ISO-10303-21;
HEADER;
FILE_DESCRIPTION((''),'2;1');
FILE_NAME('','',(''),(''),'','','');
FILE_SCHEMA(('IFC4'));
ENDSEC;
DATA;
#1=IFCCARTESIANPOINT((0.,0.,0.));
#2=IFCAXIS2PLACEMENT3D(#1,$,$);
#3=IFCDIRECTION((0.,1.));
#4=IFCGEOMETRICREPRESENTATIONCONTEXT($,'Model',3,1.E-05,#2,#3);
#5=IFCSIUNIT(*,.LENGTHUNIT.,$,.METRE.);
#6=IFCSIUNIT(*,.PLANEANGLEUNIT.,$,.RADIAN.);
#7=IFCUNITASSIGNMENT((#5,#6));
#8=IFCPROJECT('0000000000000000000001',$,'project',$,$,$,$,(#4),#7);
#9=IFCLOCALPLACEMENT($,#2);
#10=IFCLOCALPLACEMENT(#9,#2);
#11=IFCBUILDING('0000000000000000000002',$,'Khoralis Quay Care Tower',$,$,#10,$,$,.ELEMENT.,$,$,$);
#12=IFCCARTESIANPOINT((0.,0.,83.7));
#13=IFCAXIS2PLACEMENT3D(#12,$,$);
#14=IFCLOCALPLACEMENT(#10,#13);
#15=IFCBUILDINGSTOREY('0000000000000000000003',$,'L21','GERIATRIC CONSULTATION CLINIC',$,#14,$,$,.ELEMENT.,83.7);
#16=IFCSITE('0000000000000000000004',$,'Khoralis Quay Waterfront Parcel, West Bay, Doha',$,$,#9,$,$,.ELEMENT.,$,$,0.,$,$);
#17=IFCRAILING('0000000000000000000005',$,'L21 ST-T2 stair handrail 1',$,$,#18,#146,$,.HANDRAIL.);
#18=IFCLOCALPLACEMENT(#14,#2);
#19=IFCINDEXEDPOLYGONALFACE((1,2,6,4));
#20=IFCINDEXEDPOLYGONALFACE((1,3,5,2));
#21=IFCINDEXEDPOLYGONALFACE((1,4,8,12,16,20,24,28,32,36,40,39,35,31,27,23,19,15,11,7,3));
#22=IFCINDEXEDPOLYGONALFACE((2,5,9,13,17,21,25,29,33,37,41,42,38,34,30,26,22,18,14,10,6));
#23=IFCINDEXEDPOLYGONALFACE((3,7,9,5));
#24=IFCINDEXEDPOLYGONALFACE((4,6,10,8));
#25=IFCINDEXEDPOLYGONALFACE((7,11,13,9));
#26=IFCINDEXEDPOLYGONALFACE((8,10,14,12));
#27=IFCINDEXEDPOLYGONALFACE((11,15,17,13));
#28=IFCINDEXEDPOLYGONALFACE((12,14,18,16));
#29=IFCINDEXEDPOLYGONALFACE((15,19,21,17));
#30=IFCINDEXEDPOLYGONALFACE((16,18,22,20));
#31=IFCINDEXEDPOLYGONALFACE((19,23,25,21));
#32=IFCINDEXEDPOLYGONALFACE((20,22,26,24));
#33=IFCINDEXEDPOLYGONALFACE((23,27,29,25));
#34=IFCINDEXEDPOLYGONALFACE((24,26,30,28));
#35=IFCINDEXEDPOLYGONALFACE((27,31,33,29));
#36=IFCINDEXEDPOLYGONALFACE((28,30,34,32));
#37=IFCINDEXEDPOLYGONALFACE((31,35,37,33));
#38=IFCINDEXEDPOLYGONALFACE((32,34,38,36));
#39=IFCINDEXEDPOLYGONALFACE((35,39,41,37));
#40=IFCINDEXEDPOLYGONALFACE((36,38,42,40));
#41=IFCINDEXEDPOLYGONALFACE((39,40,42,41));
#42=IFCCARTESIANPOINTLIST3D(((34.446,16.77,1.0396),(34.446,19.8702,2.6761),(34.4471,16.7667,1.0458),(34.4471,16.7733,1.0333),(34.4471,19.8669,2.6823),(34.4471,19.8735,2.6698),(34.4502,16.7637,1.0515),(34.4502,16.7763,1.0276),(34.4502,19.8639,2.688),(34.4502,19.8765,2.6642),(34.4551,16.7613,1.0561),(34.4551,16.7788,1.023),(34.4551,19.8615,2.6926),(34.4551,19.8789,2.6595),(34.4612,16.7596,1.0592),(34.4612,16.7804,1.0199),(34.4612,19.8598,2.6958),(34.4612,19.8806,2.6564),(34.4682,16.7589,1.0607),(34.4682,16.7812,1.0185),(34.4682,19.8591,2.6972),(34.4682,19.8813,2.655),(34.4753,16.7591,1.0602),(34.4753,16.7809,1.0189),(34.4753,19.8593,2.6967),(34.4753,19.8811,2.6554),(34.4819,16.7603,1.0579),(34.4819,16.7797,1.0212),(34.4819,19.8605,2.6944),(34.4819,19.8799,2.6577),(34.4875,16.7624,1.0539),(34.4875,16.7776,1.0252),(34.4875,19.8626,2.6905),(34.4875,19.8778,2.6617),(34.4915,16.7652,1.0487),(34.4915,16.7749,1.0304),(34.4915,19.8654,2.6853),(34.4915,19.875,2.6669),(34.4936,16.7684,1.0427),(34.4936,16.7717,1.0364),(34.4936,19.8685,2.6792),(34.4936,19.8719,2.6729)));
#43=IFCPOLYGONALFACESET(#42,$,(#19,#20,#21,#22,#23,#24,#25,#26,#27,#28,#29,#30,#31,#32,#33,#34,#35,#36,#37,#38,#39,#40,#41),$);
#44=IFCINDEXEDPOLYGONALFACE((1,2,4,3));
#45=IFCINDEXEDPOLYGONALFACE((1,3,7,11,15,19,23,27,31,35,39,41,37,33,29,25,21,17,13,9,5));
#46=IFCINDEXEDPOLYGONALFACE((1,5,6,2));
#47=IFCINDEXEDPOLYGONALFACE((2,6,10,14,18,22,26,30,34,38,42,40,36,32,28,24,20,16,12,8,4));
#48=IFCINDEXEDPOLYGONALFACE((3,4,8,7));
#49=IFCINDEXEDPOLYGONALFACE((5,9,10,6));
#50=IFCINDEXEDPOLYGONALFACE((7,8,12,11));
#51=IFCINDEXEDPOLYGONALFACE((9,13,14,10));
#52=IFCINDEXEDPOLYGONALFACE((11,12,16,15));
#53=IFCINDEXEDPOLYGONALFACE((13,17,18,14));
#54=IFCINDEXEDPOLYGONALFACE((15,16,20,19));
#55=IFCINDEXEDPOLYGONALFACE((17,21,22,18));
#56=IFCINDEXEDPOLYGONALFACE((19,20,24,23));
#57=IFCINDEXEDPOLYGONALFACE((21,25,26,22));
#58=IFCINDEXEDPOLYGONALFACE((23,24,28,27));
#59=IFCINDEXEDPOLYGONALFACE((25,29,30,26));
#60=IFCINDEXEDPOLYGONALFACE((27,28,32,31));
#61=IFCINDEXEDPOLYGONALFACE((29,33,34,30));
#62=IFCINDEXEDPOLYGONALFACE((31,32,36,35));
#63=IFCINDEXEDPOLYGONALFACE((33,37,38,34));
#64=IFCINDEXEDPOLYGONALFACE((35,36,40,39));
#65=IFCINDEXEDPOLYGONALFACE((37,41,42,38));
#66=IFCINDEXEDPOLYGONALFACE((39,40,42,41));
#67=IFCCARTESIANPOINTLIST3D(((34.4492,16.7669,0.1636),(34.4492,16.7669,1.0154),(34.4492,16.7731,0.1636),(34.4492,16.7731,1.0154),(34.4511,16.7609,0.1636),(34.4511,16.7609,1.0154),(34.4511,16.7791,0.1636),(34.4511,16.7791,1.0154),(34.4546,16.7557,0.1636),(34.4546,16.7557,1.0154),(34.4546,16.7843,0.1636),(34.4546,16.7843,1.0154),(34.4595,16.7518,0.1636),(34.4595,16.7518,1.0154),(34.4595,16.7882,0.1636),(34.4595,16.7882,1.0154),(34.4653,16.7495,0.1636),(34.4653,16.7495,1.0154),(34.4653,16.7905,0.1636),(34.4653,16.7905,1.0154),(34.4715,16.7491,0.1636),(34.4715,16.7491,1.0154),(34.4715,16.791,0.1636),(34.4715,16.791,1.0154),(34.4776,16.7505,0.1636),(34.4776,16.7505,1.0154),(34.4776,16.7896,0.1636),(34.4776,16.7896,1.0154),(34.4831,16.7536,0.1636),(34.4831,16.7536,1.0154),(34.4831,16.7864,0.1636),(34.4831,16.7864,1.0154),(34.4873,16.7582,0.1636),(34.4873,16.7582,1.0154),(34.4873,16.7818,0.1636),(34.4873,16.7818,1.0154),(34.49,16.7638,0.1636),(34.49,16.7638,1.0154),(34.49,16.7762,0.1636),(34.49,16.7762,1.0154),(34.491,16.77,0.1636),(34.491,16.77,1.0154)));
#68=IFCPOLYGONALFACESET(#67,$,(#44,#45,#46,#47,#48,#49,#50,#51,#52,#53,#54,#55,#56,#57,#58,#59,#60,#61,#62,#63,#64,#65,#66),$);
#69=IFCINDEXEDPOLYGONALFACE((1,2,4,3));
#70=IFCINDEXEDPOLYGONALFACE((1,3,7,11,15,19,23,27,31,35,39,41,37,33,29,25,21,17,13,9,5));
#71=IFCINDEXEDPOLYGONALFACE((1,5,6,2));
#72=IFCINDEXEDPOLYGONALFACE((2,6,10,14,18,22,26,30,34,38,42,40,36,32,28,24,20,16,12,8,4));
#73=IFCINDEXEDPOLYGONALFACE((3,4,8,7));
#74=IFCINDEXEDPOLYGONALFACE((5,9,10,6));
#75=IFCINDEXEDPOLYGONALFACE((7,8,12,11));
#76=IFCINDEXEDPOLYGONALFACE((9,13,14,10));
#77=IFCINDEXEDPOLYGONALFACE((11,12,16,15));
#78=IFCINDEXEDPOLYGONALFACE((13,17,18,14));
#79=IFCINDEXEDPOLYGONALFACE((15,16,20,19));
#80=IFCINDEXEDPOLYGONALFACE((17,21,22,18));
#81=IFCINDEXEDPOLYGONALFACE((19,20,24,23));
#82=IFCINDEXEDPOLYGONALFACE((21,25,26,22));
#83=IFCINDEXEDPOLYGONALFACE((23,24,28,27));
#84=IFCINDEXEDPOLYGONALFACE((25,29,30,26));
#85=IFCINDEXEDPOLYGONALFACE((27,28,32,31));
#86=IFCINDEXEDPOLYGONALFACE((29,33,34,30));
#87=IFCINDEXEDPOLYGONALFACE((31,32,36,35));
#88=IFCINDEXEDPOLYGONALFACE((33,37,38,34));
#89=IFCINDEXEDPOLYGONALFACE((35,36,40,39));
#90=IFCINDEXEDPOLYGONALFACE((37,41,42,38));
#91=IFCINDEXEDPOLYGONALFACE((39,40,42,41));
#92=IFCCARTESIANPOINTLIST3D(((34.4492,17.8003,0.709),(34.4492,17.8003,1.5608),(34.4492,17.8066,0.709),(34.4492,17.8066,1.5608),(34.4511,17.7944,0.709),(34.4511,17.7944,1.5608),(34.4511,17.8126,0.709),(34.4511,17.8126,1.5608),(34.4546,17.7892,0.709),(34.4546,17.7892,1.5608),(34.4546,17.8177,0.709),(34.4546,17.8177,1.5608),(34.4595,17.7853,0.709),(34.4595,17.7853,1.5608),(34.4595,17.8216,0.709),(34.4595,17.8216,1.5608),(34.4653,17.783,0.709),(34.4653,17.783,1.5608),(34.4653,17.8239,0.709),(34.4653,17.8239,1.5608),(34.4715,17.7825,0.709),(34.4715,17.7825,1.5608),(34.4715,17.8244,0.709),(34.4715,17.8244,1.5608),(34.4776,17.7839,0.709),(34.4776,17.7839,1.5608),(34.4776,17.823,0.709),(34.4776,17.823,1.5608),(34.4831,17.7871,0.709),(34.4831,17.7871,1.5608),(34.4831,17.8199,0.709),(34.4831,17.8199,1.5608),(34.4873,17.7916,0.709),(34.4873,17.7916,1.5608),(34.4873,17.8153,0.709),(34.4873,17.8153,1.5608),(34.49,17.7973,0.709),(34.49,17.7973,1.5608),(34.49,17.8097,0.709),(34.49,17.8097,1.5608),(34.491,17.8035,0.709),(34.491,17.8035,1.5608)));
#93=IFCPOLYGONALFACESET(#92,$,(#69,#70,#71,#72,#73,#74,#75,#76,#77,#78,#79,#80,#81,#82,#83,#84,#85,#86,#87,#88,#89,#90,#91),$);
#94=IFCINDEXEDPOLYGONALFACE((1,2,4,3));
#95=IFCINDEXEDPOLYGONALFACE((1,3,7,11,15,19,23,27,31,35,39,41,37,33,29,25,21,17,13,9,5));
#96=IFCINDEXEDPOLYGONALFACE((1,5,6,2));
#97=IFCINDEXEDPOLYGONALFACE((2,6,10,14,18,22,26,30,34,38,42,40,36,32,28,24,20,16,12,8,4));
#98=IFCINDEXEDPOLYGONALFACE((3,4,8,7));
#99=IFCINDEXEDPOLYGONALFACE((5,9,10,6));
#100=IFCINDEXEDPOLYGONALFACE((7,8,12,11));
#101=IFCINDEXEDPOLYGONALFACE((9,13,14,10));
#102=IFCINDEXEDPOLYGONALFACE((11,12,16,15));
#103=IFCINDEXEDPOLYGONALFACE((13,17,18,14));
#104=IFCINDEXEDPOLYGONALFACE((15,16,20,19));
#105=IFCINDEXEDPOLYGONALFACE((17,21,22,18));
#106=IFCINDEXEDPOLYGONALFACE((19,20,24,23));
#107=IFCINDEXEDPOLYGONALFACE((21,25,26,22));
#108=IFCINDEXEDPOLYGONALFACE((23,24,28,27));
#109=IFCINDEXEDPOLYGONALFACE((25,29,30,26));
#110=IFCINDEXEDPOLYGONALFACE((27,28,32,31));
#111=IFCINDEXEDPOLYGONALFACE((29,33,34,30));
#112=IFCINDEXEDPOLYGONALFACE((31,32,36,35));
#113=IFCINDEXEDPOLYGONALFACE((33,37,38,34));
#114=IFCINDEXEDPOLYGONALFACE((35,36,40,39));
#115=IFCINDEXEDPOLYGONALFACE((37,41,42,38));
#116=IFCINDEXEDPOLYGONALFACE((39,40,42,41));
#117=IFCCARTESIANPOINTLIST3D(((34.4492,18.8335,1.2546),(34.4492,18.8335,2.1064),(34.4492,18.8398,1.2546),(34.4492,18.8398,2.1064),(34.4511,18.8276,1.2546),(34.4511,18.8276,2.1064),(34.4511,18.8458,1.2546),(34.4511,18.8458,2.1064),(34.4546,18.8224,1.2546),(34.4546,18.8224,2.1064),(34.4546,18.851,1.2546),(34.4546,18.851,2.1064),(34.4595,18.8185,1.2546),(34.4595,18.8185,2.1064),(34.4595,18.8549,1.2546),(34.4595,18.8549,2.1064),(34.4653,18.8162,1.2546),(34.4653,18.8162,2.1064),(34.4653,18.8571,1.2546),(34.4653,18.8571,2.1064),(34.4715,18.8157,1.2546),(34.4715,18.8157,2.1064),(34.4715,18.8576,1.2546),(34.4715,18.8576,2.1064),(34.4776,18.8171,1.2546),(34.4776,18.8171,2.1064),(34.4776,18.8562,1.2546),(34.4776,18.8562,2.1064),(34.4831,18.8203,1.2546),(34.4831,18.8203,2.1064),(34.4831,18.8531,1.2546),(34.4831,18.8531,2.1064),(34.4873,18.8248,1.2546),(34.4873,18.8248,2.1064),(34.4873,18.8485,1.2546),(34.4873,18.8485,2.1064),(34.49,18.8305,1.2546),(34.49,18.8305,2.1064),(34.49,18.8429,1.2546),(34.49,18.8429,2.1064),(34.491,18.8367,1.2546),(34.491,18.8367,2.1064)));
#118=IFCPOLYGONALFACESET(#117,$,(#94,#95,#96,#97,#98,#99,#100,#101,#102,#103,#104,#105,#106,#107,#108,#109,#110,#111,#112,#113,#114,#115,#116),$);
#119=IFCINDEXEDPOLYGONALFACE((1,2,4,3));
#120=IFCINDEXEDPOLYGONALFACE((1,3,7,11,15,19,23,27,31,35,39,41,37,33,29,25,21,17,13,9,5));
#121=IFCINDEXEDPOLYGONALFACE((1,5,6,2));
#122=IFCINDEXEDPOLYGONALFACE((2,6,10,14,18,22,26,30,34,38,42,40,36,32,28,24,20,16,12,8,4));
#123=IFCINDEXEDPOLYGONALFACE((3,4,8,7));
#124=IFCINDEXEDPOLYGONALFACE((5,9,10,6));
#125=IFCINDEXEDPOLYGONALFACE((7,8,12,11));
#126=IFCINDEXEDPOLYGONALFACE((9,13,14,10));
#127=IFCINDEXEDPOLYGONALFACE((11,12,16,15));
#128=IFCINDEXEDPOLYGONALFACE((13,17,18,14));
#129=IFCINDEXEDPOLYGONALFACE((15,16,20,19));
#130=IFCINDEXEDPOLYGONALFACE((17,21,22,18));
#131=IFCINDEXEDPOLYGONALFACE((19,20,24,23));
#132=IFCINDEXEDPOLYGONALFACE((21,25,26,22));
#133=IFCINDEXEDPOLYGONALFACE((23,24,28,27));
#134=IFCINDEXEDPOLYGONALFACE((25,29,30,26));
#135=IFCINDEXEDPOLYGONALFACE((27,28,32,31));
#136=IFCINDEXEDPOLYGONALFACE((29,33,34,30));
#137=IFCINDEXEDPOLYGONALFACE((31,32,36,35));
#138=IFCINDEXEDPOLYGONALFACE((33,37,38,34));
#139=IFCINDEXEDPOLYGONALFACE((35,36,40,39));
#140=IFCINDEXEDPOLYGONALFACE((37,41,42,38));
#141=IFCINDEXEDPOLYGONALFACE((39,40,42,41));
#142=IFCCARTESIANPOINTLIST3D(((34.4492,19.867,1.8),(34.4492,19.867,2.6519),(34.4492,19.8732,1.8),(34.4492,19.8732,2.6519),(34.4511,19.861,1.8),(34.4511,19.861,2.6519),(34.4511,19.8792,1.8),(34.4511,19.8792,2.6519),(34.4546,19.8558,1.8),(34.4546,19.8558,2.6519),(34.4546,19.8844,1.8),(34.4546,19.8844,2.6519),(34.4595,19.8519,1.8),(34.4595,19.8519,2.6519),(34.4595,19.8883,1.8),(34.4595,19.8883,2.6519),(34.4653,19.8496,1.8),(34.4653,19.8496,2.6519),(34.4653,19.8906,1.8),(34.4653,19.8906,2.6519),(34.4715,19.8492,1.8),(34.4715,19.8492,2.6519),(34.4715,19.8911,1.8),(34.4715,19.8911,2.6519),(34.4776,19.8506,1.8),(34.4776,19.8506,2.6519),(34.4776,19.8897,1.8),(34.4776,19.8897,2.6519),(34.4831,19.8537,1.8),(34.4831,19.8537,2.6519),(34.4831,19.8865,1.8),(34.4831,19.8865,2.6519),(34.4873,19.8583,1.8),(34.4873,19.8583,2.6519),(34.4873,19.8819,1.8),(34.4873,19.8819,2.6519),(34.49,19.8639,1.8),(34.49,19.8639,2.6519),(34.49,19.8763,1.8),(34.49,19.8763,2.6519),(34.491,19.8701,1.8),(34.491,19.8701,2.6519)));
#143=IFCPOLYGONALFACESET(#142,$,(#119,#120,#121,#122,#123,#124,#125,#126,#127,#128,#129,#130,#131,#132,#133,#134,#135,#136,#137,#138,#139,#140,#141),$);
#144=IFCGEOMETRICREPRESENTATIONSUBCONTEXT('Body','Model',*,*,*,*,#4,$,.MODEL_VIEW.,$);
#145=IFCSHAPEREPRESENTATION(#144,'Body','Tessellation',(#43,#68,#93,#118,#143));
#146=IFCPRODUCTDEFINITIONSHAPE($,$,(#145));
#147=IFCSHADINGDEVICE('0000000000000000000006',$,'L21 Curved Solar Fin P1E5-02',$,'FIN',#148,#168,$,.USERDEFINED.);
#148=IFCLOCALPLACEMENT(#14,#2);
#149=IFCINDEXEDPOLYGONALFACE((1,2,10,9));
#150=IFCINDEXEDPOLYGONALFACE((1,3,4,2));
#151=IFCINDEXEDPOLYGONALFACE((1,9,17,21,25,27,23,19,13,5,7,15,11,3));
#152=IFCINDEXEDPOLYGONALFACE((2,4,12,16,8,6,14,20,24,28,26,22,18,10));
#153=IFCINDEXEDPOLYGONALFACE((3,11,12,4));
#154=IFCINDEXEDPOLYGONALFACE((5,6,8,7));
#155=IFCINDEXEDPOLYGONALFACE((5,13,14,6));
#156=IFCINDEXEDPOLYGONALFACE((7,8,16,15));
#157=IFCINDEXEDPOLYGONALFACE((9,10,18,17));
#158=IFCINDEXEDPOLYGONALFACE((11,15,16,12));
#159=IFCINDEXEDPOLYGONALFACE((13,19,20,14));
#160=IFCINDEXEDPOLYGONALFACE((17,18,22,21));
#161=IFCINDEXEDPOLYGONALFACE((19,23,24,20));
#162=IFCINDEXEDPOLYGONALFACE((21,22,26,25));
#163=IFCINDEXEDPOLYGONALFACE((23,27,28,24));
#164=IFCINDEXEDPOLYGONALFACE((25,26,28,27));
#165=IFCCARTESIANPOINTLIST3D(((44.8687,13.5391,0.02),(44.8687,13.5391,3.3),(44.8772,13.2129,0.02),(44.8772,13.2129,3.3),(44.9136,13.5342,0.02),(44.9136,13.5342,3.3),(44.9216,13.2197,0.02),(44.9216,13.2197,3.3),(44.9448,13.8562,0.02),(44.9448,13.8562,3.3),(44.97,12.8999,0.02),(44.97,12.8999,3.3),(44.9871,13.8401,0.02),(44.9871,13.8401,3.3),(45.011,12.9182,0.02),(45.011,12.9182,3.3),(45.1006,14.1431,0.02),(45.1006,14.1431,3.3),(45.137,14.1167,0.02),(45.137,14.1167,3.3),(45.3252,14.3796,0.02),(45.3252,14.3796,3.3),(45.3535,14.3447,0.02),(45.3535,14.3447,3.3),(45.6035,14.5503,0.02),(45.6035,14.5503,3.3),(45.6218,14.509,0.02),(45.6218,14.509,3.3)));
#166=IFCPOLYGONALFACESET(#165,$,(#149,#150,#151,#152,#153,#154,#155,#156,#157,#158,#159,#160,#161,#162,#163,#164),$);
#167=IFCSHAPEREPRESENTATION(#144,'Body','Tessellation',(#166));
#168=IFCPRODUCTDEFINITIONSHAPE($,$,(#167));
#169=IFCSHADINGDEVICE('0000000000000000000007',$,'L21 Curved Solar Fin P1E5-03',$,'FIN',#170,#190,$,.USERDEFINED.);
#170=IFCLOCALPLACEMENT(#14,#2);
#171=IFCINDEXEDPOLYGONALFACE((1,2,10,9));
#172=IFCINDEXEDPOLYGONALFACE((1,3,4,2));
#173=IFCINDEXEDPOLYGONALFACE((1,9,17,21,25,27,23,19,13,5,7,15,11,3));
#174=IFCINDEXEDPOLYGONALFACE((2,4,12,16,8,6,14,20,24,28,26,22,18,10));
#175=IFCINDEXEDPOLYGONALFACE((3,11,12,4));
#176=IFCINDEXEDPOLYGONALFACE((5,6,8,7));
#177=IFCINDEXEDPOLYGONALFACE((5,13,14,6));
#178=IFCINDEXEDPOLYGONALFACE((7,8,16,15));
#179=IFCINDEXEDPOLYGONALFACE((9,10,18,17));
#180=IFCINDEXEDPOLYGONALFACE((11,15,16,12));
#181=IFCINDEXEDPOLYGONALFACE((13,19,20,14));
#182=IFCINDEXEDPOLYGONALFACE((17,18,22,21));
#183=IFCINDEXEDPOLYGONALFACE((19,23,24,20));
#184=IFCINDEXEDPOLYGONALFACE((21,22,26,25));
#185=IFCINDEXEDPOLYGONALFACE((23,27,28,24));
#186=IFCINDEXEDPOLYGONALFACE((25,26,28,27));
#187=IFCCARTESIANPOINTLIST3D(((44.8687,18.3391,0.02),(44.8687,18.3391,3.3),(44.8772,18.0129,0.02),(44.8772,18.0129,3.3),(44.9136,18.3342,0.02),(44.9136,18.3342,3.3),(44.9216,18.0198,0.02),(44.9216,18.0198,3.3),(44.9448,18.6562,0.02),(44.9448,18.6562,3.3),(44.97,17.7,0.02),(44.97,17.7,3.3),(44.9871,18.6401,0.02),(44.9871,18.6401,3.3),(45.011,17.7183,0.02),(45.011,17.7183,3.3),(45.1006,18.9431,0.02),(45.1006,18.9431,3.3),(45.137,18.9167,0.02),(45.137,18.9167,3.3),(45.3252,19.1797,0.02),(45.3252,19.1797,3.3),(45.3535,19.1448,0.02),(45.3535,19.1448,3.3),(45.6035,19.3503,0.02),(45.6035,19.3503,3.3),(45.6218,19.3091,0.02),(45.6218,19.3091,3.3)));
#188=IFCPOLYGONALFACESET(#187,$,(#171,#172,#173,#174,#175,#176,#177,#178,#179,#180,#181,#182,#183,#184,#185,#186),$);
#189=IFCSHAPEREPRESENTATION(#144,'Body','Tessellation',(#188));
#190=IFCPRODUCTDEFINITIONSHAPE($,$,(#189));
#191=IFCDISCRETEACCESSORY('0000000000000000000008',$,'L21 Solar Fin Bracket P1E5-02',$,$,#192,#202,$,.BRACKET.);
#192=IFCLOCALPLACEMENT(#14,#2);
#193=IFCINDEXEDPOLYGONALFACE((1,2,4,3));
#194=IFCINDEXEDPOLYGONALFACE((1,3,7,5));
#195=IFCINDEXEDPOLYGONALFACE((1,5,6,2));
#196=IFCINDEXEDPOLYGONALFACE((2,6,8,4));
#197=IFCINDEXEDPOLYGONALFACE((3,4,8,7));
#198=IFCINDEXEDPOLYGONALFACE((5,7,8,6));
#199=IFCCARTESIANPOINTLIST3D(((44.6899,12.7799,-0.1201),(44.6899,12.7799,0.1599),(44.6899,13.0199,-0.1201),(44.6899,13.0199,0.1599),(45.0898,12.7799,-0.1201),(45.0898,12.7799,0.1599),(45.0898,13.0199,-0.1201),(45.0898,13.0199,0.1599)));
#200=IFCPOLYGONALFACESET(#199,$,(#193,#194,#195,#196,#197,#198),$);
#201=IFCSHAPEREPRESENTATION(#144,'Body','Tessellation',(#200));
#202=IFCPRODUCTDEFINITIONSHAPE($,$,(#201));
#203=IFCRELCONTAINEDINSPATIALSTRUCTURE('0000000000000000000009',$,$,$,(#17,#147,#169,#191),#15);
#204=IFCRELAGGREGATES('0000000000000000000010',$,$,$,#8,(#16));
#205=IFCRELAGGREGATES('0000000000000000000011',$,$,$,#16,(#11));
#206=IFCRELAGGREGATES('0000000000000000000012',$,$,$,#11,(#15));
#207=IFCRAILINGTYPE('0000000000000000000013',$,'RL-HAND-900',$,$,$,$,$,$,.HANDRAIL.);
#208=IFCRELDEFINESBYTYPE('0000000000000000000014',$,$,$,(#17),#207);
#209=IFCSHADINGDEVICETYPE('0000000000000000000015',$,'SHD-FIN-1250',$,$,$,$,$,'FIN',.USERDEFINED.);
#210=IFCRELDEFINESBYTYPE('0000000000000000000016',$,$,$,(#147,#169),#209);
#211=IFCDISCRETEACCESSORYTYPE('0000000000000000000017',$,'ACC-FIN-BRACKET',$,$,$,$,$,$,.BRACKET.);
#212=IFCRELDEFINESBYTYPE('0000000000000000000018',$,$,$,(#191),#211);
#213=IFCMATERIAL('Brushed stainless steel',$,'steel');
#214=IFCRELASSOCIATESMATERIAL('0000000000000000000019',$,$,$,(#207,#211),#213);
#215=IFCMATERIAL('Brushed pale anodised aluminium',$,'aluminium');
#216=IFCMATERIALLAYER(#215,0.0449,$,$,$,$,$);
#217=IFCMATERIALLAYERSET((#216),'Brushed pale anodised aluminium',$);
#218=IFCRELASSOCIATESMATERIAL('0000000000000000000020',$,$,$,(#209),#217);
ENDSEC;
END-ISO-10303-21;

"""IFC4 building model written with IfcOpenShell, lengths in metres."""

from ifc_helpers import new_model, si_unit, direction, frame, origin, origin_2d, place, context, subcontext, project, spatial, polyline, rectangle, circle, outline, extrude, source, transform, mapped, material, layer, layer_set, type_object, element, save


model = new_model("IFC4")

# Units and contexts
model_context = context("Model", 3, precision=1e-05, world=origin(), true_north=direction((0.0, 1.0)))
body_context = subcontext(model_context, "Body", "Model", "MODEL_VIEW")
ifc_project = project(units=[si_unit("LENGTHUNIT", "METRE"), si_unit("PLANEANGLEUNIT", "RADIAN")], contexts=[model_context])

# Site, building, storey
site_placement = place(None, origin())
site = spatial("IfcSite", under=ifc_project, at=site_placement, Name="Khoralis Quay Waterfront Parcel, West Bay, Doha", CompositionType="ELEMENT", RefElevation=0.0)
building_placement = place(site_placement, origin())
building = spatial("IfcBuilding", under=site, at=building_placement, Name="Khoralis Quay Care Tower", CompositionType="ELEMENT")
storey_placement = place(building_placement, frame((0.0, 0.0, 83.7)))
storey = spatial("IfcBuildingStorey", under=building, at=storey_placement, Name="L21", Description="GERIATRIC CONSULTATION CLINIC", CompositionType="ELEMENT", Elevation=83.7)

# Shared definitions
ifc_material_1 = material(Name="Brushed stainless steel", Category="steel")

# Railing
railing_type_1 = type_object("IfcRailingType", Name="RL-HAND-900", PredefinedType="HANDRAIL", material=ifc_material_1)
railing_1_placement = place(storey_placement, frame((34.47, 16.77, 0.1636)))
element("IfcRailing", 1, at=railing_1_placement, inside=storey, type_object=railing_type_1, Name="L21 ST-T2 stair handrail 1", PredefinedType="HANDRAIL", context=body_context, shape_type="SweptSolid", body=[
    extrude(circle(Radius=0.0239, at=origin_2d()), frame((0.0, 0.0, 0.876), z_axis=(0.0, 0.884348, 0.466828), x_axis=(-1.0, 0.0, 0.0)), (0.0, 0.0, 1.0), 3.5056),
    extrude(circle(Radius=0.021, at=origin_2d()), origin(), (0.0, 0.0, 1.0), 0.8518),
    extrude(circle(Radius=0.021, at=origin_2d()), frame((0.0, 1.0334, 0.5454)), (0.0, 0.0, 1.0), 0.8518),
    extrude(circle(Radius=0.021, at=origin_2d()), frame((0.0, 2.0667, 1.0911)), (0.0, 0.0, 1.0), 0.8518),
    extrude(circle(Radius=0.021, at=origin_2d()), frame((0.0, 3.1001, 1.6365)), (0.0, 0.0, 1.0), 0.8518),
])

# Shading devices
ifc_material_2 = material(Name="Brushed pale anodised aluminium", Category="aluminium")
ifc_layer_1 = layer(ifc_material_2, 0.0449)
ifc_layer_set_1 = layer_set([ifc_layer_1], Name="Brushed pale anodised aluminium")
shading_device_type = type_object("IfcShadingDeviceType", Name="SHD-FIN-1250", ElementType="FIN", PredefinedType="USERDEFINED", material=ifc_layer_set_1)
shared_shape_1 = source(origin(), body_context, "Body", "SweptSolid", [
    extrude(outline(polyline([(0.0, 0.0), (-0.0928, 0.313), (-0.1013, 0.6392), (-0.0251, 0.9563), (0.1306, 1.2432), (0.3552, 1.4797), (0.6335, 1.6504), (0.6519, 1.6091), (0.3835, 1.4448), (0.167, 1.2168), (0.0171, 0.9402), (-0.0564, 0.6343), (-0.0483, 0.3198), (0.041, 0.0183), (0.0, 0.0)])), origin(), (0.0, 0.0, 1.0), 3.28),
])
for number, where, z_axis, x_axis, name in (
    (2, (44.97, 12.8999, 0.02), (0.0, 0.0, 1.0), (1.0, 0.0, 0.0), "L21 Curved Solar Fin P1E5-02"),
    (3, (44.97, 17.7, 0.02), (0.0, 0.0, 1.0), (1.0, 0.0, 0.0), "L21 Curved Solar Fin P1E5-03"),
):
    element("IfcShadingDevice", number, at=place(storey_placement, frame(where, z_axis=z_axis, x_axis=x_axis)), inside=storey, type_object=shading_device_type, Name=name, ObjectType="FIN", PredefinedType="USERDEFINED", context=body_context, shape_type="MappedRepresentation", body=[
        mapped(shared_shape_1, transform((0.0, 0.0, 0.0), scale=1.0)),
    ])

# Discrete accessory
discrete_accessory_type = type_object("IfcDiscreteAccessoryType", Name="ACC-FIN-BRACKET", PredefinedType="BRACKET", material=ifc_material_1)
shared_shape_2 = source(origin(), body_context, "Body", "SweptSolid", [
    extrude(rectangle(XDim=0.3999, YDim=0.24, at=origin_2d()), origin(), (0.0, 0.0, 1.0), 0.28),
])
for number, where, z_axis, x_axis, name in (
    (4, (44.8899, 12.8999, -0.1201), (0.0, 0.0, 1.0), (1.0, 0.0, 0.0), "L21 Solar Fin Bracket P1E5-02"),
):
    element("IfcDiscreteAccessory", number, at=place(storey_placement, frame(where, z_axis=z_axis, x_axis=x_axis)), inside=storey, type_object=discrete_accessory_type, Name=name, PredefinedType="BRACKET", context=body_context, shape_type="MappedRepresentation", body=[
        mapped(shared_shape_2, transform((0.0, 0.0, 0.0), scale=1.0)),
    ])

save(model, "model.ifc")
